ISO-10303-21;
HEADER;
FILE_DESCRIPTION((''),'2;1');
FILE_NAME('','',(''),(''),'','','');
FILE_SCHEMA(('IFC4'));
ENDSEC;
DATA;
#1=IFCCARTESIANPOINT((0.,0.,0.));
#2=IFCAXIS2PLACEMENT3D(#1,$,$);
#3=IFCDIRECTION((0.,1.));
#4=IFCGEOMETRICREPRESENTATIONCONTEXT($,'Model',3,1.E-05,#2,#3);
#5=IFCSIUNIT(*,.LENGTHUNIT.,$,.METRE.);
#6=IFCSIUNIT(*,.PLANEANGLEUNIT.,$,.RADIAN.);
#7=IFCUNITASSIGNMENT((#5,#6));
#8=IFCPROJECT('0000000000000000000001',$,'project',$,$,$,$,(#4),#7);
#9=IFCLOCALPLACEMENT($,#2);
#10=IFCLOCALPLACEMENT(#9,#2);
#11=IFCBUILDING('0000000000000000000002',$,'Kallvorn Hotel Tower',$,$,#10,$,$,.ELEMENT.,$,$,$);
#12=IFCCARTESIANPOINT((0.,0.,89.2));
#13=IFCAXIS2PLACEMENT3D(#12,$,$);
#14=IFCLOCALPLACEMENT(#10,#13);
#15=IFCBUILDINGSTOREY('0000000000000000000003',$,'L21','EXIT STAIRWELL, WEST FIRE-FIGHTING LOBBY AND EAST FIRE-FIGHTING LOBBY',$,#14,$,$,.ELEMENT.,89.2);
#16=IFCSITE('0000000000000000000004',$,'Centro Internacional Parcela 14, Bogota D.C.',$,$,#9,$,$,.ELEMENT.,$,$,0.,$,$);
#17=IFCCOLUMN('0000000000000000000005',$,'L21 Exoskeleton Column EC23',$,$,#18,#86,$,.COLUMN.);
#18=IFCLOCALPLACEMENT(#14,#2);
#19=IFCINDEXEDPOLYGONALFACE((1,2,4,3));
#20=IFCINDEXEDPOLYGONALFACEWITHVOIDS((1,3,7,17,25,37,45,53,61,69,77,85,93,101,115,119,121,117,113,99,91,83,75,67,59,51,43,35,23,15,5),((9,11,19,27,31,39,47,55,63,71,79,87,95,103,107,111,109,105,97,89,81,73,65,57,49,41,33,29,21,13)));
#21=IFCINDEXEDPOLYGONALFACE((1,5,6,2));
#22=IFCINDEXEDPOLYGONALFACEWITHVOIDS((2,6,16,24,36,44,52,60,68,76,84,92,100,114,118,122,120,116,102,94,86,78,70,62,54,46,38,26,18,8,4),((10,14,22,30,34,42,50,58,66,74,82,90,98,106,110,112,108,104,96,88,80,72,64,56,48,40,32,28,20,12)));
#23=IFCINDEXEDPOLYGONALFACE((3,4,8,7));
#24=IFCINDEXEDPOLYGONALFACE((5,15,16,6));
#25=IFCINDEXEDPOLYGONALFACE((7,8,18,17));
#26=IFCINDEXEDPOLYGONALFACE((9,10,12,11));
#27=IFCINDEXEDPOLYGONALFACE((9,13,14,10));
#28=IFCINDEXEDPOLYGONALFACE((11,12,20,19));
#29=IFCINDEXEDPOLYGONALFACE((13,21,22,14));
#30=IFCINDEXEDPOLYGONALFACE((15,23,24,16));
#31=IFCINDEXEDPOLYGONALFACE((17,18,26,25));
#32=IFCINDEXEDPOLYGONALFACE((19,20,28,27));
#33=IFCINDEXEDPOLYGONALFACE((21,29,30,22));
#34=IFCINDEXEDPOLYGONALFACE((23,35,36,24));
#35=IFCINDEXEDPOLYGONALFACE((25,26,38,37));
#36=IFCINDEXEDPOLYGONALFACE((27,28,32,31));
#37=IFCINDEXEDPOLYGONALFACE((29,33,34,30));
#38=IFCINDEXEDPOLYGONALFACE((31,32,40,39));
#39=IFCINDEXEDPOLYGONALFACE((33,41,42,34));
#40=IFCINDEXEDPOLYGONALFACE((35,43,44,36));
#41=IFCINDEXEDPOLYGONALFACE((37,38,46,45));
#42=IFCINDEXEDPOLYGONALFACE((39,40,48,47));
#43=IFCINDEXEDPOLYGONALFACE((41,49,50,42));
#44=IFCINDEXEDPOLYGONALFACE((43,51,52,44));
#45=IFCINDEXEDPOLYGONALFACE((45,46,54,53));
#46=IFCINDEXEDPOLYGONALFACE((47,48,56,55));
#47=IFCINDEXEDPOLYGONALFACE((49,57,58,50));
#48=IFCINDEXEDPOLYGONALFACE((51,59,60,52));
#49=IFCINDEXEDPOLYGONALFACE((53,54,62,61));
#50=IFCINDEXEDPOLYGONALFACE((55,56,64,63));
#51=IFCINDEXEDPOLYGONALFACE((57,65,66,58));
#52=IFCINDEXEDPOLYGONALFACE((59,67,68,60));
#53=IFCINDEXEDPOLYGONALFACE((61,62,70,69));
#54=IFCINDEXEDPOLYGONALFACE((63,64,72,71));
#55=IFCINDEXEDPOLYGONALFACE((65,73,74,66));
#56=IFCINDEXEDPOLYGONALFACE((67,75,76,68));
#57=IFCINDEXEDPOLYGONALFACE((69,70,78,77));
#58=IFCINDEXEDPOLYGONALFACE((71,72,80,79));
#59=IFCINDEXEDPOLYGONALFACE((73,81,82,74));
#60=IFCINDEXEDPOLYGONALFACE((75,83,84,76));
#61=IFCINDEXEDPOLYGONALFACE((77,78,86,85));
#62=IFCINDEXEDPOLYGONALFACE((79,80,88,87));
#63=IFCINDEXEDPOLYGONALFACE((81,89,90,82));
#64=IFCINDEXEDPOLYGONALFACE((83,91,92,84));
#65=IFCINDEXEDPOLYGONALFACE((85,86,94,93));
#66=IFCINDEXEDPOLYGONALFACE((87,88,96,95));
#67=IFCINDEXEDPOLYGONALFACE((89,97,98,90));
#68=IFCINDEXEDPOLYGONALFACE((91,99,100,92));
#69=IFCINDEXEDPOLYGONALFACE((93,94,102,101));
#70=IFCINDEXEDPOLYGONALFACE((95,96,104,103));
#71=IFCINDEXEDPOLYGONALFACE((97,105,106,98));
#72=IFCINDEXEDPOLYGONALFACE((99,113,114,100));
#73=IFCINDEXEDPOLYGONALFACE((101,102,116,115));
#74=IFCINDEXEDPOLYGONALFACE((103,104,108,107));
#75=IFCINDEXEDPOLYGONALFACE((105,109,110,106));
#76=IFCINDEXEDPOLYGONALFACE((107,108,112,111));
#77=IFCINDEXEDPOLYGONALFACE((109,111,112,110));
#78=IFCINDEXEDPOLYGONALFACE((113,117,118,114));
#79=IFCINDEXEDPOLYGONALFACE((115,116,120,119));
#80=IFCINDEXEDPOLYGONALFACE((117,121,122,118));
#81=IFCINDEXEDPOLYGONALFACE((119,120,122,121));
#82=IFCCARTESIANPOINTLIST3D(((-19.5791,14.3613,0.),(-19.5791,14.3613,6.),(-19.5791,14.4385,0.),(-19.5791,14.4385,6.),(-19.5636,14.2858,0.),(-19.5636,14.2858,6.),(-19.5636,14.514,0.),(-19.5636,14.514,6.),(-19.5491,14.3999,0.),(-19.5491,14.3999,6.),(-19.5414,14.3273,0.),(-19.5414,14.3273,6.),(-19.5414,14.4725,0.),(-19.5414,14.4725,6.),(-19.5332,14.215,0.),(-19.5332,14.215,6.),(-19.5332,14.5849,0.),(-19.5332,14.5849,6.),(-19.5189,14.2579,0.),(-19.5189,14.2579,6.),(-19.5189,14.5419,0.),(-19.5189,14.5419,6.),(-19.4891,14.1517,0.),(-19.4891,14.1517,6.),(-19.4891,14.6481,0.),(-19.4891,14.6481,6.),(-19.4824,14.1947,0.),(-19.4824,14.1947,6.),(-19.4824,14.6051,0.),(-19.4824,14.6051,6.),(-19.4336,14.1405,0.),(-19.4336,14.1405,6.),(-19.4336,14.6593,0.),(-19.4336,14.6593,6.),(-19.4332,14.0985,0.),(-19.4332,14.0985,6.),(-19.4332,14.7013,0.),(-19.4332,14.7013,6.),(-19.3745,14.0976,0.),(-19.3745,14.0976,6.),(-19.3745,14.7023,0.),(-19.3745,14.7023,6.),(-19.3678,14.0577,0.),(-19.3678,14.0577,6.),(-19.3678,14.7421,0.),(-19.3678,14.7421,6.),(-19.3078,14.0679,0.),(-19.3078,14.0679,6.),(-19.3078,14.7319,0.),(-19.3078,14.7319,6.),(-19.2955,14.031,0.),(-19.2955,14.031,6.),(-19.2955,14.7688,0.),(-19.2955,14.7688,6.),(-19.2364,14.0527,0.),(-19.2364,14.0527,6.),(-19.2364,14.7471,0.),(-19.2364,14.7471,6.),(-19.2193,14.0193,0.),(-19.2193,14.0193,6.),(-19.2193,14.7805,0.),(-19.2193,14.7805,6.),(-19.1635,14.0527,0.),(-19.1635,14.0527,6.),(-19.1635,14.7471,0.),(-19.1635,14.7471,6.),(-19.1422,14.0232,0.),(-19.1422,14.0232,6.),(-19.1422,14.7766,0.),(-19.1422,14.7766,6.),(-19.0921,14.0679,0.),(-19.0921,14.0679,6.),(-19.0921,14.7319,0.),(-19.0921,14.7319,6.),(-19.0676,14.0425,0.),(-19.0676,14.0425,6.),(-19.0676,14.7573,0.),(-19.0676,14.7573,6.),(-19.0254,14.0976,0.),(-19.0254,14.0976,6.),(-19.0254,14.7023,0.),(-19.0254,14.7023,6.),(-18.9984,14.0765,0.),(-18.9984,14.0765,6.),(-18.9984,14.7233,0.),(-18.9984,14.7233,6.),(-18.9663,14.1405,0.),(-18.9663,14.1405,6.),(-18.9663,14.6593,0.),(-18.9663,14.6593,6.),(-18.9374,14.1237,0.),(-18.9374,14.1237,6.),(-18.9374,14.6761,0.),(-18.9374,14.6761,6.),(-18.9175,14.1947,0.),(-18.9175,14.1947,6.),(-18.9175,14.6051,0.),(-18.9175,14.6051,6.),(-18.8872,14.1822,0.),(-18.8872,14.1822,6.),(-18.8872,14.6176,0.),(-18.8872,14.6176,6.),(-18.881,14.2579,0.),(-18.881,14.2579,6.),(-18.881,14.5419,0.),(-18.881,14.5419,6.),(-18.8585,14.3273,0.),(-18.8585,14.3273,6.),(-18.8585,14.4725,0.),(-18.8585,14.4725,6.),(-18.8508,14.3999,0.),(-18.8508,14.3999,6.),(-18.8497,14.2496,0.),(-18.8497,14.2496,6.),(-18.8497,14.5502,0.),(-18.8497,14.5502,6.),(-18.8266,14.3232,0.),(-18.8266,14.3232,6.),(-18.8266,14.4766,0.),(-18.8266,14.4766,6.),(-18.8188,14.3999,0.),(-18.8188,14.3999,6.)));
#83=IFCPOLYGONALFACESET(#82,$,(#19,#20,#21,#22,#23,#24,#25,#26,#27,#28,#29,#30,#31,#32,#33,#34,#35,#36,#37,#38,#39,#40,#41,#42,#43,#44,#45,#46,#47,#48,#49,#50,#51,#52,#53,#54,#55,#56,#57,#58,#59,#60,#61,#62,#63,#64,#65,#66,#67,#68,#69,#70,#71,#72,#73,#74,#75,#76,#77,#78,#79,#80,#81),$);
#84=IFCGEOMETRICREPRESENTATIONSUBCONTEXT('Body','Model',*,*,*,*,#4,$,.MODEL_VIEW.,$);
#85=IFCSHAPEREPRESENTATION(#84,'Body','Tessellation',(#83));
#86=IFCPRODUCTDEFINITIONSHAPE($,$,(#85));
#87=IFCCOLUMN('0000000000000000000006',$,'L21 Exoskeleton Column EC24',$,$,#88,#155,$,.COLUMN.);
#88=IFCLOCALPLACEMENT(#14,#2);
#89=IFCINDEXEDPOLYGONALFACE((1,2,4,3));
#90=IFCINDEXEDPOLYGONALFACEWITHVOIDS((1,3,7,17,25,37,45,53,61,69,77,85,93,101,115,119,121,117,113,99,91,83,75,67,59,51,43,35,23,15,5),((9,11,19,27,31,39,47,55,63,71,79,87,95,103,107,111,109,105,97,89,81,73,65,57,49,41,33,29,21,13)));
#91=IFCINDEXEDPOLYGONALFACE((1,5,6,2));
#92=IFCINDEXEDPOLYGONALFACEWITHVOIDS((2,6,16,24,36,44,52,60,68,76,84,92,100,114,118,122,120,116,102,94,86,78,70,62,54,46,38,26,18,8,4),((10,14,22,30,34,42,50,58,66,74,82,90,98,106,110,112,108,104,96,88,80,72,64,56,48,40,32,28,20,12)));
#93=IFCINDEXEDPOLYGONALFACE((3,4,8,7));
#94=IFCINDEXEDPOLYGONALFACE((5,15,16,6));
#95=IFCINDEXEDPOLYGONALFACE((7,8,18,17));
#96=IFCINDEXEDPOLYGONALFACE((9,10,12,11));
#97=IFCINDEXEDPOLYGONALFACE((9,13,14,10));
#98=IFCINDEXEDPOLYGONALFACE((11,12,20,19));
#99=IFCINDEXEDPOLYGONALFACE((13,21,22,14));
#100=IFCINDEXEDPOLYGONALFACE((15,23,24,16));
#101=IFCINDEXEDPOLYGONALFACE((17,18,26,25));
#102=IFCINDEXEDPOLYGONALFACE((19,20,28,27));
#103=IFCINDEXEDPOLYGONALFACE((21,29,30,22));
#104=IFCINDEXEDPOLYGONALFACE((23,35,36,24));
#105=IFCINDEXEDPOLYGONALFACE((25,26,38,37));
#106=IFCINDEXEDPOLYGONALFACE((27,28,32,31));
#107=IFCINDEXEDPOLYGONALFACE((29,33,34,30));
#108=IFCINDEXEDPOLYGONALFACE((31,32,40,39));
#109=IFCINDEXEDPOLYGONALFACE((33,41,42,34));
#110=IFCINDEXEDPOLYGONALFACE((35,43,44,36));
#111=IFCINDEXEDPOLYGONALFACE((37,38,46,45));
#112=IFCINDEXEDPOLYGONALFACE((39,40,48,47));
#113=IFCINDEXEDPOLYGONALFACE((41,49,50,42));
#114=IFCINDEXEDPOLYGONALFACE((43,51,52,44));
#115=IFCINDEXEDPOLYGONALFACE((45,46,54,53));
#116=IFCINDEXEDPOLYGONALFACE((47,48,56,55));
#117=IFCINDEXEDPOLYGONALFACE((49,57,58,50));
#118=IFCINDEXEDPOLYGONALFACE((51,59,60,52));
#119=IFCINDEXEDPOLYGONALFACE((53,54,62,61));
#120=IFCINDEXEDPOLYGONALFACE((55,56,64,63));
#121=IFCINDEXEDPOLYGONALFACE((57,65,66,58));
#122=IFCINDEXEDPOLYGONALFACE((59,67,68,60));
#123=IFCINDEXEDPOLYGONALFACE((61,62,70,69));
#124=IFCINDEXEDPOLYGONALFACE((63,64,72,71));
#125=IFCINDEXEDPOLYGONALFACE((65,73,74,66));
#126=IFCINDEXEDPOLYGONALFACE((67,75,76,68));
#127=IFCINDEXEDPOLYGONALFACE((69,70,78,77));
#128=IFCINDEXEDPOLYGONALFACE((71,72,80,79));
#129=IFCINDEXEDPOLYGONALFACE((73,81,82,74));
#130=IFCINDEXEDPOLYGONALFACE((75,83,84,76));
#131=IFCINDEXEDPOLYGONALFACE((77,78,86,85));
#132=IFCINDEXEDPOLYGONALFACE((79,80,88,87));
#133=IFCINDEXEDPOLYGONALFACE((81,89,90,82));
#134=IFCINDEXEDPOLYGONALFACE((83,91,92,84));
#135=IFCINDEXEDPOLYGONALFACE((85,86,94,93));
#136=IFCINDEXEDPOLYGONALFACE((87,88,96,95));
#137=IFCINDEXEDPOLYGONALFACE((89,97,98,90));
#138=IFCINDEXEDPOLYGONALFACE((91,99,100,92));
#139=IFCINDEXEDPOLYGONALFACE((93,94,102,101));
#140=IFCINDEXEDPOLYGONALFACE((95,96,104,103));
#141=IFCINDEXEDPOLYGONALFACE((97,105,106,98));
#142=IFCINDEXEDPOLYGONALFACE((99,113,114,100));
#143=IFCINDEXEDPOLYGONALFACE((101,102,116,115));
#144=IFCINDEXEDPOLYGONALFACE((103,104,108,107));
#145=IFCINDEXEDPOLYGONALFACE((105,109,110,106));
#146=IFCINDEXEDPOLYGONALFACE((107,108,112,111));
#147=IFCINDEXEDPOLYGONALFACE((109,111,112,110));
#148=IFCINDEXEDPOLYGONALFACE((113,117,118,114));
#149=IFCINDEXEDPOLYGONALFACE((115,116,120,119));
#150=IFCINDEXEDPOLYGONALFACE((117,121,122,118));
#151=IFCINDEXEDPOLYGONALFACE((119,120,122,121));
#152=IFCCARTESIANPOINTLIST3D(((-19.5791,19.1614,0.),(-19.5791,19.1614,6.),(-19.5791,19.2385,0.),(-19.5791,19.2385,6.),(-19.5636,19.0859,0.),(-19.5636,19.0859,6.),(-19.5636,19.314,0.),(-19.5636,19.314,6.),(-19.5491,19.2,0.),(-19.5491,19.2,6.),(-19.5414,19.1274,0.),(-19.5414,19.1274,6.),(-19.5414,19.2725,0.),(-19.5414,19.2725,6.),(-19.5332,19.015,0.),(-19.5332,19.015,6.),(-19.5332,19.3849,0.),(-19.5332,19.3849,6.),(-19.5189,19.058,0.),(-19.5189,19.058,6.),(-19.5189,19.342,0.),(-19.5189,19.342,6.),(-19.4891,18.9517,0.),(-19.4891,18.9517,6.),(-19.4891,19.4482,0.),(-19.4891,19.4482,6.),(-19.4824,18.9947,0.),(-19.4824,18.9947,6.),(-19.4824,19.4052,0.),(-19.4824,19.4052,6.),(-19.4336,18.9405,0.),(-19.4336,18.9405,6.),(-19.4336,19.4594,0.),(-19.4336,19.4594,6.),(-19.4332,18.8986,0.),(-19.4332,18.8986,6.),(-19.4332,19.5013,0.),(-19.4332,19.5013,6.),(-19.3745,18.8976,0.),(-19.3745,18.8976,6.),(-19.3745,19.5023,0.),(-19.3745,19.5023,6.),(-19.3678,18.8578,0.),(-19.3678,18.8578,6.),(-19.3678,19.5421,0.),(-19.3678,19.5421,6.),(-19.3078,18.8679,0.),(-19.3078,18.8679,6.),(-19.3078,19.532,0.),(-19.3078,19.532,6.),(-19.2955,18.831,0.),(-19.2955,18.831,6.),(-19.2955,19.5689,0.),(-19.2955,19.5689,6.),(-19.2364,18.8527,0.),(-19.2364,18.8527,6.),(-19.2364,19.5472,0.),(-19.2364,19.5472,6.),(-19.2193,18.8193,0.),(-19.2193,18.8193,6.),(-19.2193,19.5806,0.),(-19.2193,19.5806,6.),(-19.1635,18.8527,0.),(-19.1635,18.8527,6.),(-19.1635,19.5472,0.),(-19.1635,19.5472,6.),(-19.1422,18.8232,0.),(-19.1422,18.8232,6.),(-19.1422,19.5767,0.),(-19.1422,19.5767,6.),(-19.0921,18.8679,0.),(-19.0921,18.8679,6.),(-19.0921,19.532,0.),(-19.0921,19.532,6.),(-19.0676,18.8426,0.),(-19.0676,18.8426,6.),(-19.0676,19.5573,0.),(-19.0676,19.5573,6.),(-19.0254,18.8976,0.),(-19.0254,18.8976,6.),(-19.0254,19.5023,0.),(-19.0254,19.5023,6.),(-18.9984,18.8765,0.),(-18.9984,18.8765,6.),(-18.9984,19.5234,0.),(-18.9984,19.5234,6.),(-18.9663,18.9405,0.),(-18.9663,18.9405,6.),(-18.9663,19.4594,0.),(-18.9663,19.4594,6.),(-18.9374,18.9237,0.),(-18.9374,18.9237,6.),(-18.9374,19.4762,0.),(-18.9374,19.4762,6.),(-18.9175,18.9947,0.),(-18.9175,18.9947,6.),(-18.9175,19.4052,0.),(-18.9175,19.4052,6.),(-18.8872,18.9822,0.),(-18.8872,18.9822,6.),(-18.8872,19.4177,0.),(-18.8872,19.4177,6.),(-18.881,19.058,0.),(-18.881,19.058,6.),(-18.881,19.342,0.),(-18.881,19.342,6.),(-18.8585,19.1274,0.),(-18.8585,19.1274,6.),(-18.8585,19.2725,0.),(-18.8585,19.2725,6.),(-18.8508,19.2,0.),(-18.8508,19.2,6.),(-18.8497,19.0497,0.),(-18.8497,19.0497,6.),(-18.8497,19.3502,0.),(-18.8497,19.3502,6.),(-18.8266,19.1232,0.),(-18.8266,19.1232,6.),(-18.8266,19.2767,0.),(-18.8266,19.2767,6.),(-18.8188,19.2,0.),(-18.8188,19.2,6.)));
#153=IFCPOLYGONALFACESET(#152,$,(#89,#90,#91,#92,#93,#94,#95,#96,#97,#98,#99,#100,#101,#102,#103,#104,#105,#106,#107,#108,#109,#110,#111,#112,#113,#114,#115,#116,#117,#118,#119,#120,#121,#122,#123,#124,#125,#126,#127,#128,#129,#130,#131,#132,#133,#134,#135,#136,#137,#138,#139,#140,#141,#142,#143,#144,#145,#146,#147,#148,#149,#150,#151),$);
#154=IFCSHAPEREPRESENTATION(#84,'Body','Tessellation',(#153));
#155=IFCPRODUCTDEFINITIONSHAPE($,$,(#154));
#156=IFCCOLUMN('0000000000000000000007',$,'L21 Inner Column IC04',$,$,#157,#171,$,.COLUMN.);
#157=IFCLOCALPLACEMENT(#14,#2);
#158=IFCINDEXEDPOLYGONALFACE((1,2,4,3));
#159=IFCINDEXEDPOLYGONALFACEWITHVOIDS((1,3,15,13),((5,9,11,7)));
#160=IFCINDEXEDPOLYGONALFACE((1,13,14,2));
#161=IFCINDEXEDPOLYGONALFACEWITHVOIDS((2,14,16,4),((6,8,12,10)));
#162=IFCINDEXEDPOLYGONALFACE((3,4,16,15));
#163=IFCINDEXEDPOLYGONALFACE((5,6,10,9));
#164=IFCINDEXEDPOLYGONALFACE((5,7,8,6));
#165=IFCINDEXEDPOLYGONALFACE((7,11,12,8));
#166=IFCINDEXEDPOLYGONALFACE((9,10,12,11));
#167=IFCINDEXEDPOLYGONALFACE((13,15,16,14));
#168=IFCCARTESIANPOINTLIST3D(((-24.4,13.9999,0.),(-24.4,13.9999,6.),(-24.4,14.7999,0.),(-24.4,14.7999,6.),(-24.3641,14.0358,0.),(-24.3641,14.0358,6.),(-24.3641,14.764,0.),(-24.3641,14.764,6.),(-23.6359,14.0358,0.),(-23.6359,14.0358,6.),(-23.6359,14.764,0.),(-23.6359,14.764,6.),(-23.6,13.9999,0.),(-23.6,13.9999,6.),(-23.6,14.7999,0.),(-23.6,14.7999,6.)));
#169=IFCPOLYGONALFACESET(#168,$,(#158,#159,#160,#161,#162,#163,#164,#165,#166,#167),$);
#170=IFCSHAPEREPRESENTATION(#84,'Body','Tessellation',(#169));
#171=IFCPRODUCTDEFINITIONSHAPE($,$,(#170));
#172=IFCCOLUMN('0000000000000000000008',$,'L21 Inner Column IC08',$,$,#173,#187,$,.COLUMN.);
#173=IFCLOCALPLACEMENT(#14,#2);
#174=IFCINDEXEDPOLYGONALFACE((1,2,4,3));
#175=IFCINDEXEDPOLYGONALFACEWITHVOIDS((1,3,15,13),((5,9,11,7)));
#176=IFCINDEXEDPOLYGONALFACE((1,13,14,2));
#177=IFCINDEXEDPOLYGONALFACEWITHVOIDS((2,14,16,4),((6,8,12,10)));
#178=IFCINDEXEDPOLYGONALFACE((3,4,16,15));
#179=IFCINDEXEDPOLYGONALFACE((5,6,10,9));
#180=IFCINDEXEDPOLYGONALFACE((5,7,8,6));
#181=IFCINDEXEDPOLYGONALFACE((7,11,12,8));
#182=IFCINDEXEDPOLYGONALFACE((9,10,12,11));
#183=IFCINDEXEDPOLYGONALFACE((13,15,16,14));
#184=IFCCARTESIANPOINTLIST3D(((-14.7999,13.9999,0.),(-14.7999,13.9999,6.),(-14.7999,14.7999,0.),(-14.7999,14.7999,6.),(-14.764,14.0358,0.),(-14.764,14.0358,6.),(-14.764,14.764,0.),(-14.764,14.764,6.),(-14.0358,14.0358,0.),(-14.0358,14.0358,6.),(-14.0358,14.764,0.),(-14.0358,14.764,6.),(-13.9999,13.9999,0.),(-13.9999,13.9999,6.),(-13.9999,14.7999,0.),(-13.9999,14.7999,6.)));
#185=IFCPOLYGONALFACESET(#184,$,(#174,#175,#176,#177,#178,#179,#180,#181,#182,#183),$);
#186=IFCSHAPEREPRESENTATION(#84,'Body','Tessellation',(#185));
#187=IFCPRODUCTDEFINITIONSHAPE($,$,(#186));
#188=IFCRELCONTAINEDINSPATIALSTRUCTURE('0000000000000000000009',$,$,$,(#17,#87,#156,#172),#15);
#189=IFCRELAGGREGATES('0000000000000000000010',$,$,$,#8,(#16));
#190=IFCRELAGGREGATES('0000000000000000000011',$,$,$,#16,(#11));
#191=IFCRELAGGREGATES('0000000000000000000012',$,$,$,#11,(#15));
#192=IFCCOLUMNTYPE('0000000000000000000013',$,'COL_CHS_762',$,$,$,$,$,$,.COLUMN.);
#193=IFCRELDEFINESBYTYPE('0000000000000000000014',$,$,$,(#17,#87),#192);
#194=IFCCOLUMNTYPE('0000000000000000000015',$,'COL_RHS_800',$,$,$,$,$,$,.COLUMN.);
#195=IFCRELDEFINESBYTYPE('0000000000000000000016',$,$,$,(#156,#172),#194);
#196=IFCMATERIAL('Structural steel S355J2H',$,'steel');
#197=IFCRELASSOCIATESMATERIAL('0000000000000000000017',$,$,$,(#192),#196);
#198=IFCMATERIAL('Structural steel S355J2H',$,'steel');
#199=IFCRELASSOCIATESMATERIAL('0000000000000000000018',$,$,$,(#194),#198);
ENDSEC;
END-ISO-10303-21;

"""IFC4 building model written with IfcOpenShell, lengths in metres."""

from ifc_helpers import new_model, si_unit, direction, frame, origin, origin_2d, place, context, subcontext, project, spatial, hollow_rectangle, hollow_circle, extrude, material, material_profile, profile_set, type_object, element, save


model = new_model("IFC4")

# Units and contexts
model_context = context("Model", 3, precision=1e-05, world=origin(), true_north=direction((0.0, 1.0)))
body_context = subcontext(model_context, "Body", "Model", "MODEL_VIEW")
ifc_project = project(units=[si_unit("LENGTHUNIT", "METRE"), si_unit("PLANEANGLEUNIT", "RADIAN")], contexts=[model_context])

# Site, building, storey
site_placement = place(None, origin())
site = spatial("IfcSite", under=ifc_project, at=site_placement, Name="Centro Internacional Parcela 14, Bogota D.C.", CompositionType="ELEMENT", RefElevation=0.0)
building_placement = place(site_placement, origin())
building = spatial("IfcBuilding", under=site, at=building_placement, Name="Kallvorn Hotel Tower", CompositionType="ELEMENT")
storey_placement = place(building_placement, frame((0.0, 0.0, 89.2)))
storey = spatial("IfcBuildingStorey", under=building, at=storey_placement, Name="L21", Description="EXIT STAIRWELL, WEST FIRE-FIGHTING LOBBY AND EAST FIRE-FIGHTING LOBBY", CompositionType="ELEMENT", Elevation=89.2)

# Columns
ifc_material_1 = material(Name="Structural steel S355J2H", Category="steel")
ifc_material_profile_1 = material_profile(ifc_material_1, hollow_circle(Radius=0.3811, WallThickness=0.032, at=origin_2d()), Name="CHS 762x32")
ifc_profile_set_1 = profile_set([ifc_material_profile_1], Name="Structural steel S355J2H")
column_type_1 = type_object("IfcColumnType", Name="COL_CHS_762", PredefinedType="COLUMN", material=ifc_profile_set_1)
for number, where, z_axis, x_axis, name in (
    (1, (-19.2, 14.3999, 0.0), (0.0, 0.0, 1.0), (1.0, 0.0, 0.0), "L21 Exoskeleton Column EC23"),
    (2, (-19.2, 19.2, 0.0), (0.0, 0.0, 1.0), (1.0, 0.0, 0.0), "L21 Exoskeleton Column EC24"),
):
    element("IfcColumn", number, at=place(storey_placement, frame(where, z_axis=z_axis, x_axis=x_axis)), inside=storey, type_object=column_type_1, Name=name, PredefinedType="COLUMN", context=body_context, shape_type="SweptSolid", body=[
        extrude(hollow_circle(Radius=0.3811, WallThickness=0.032, at=origin_2d()), origin(), (0.0, 0.0, 1.0), 6.0),
    ])
ifc_material_2 = material(Name="Structural steel S355J2H", Category="steel")
ifc_material_profile_2 = material_profile(ifc_material_2, hollow_rectangle(XDim=0.8, YDim=0.8, WallThickness=0.0359, at=origin_2d()), Name="RHS 800x800x36")
ifc_profile_set_2 = profile_set([ifc_material_profile_2], Name="Structural steel S355J2H")
column_type_2 = type_object("IfcColumnType", Name="COL_RHS_800", PredefinedType="COLUMN", material=ifc_profile_set_2)
for number, where, z_axis, x_axis, name in (
    (3, (-24.0, 14.3999, 0.0), (0.0, 0.0, 1.0), (1.0, 0.0, 0.0), "L21 Inner Column IC04"),
    (4, (-14.3999, 14.3999, 0.0), (0.0, 0.0, 1.0), (1.0, 0.0, 0.0), "L21 Inner Column IC08"),
):
    element("IfcColumn", number, at=place(storey_placement, frame(where, z_axis=z_axis, x_axis=x_axis)), inside=storey, type_object=column_type_2, Name=name, PredefinedType="COLUMN", context=body_context, shape_type="SweptSolid", body=[
        extrude(hollow_rectangle(XDim=0.8, YDim=0.8, WallThickness=0.0359, at=origin_2d()), origin(), (0.0, 0.0, 1.0), 6.0),
    ])

save(model, "model.ifc")
